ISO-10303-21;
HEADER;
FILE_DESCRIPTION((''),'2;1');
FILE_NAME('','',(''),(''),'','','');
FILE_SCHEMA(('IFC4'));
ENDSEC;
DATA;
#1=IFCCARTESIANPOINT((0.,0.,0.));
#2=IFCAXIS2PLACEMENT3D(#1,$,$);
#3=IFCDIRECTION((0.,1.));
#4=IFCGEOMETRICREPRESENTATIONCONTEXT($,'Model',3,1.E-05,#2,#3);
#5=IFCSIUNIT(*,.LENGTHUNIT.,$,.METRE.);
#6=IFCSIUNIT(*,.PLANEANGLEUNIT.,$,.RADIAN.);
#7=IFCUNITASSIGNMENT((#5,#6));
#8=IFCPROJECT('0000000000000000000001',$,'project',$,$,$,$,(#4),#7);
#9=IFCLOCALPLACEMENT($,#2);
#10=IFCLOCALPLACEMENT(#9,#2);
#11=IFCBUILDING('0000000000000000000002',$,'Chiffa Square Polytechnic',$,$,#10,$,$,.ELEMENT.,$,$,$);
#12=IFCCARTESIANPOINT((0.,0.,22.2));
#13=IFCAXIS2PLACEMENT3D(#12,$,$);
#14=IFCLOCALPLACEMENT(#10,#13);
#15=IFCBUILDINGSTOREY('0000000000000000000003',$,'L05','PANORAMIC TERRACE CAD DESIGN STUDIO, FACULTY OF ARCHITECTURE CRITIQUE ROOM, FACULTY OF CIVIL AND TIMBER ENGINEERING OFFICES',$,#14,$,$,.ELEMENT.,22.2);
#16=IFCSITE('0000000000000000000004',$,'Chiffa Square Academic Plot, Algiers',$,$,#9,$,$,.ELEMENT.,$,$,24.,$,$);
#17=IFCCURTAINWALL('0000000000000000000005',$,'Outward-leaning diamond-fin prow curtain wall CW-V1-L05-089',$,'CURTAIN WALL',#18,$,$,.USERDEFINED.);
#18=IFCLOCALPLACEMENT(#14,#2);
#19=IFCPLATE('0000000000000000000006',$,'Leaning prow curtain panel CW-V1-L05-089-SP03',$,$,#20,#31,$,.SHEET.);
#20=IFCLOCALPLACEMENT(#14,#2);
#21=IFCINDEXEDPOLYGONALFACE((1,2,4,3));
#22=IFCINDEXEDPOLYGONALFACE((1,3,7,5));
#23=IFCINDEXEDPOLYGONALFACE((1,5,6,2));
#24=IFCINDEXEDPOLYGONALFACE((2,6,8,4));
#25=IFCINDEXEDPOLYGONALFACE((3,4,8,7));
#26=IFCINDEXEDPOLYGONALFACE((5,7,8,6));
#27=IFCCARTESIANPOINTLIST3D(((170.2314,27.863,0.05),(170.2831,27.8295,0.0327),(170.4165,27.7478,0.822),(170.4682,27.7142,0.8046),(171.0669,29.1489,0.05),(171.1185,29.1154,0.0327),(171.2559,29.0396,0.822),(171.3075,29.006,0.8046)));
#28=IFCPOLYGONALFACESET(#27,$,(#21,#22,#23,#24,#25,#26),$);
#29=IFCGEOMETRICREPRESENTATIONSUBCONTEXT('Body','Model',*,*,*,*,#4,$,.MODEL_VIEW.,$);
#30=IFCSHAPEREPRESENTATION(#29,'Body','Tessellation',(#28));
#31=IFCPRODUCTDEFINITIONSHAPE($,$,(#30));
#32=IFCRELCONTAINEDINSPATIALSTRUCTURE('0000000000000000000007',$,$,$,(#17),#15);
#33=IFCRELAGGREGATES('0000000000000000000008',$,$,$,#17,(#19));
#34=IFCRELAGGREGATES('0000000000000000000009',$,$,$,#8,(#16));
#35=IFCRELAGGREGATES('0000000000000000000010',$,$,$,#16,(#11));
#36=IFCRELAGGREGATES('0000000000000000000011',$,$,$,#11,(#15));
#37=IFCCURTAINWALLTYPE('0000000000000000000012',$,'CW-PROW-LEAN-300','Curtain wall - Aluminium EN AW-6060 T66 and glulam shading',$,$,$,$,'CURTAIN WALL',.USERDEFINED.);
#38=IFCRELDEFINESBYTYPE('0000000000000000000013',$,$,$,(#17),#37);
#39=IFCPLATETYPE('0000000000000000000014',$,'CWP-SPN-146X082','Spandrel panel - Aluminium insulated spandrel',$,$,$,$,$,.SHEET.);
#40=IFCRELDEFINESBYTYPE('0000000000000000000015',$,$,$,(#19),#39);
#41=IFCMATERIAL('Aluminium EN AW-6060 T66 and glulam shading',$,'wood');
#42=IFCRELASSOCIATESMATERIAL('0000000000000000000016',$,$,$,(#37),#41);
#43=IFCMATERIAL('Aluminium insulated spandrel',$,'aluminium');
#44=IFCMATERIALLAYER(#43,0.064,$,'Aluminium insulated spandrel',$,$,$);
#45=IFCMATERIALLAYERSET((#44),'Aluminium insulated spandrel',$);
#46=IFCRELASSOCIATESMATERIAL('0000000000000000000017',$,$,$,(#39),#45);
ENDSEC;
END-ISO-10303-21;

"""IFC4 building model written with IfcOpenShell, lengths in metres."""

from ifc_helpers import new_model, si_unit, direction, frame, origin, place, context, subcontext, project, spatial, polyline, outline, extrude, material, layer, layer_set, type_object, element, aggregate, save


model = new_model("IFC4")

# Units and contexts
model_context = context("Model", 3, precision=1e-05, world=origin(), true_north=direction((0.0, 1.0)))
body_context = subcontext(model_context, "Body", "Model", "MODEL_VIEW")
ifc_project = project(units=[si_unit("LENGTHUNIT", "METRE"), si_unit("PLANEANGLEUNIT", "RADIAN")], contexts=[model_context])

# Site, building, storey
site_placement = place(None, origin())
site = spatial("IfcSite", under=ifc_project, at=site_placement, Name="Chiffa Square Academic Plot, Algiers", CompositionType="ELEMENT", RefElevation=24.0)
building_placement = place(site_placement, origin())
building = spatial("IfcBuilding", under=site, at=building_placement, Name="Chiffa Square Polytechnic", CompositionType="ELEMENT")
storey_placement = place(building_placement, frame((0.0, 0.0, 22.2)))
storey = spatial("IfcBuildingStorey", under=building, at=storey_placement, Name="L05", Description="PANORAMIC TERRACE CAD DESIGN STUDIO, FACULTY OF ARCHITECTURE CRITIQUE ROOM, FACULTY OF CIVIL AND TIMBER ENGINEERING OFFICES", CompositionType="ELEMENT", Elevation=22.2)

# Curtain wall
ifc_material_1 = material(Name="Aluminium EN AW-6060 T66 and glulam shading", Category="wood")
curtain_wall_type_1 = type_object("IfcCurtainWallType", Name="CW-PROW-LEAN-300", Description="Curtain wall - Aluminium EN AW-6060 T66 and glulam shading", ElementType="CURTAIN WALL", PredefinedType="USERDEFINED", material=ifc_material_1)
curtain_wall_1_placement = place(storey_placement, origin())
curtain_wall_1 = element("IfcCurtainWall", 1, at=curtain_wall_1_placement, inside=storey, type_object=curtain_wall_type_1, Name="Outward-leaning diamond-fin prow curtain wall CW-V1-L05-089", ObjectType="CURTAIN WALL", PredefinedType="USERDEFINED")

# Plate
ifc_material_2 = material(Name="Aluminium insulated spandrel", Category="aluminium")
ifc_layer_1 = layer(ifc_material_2, 0.064, Name="Aluminium insulated spandrel")
ifc_layer_set_1 = layer_set([ifc_layer_1], Name="Aluminium insulated spandrel")
plate_type_1 = type_object("IfcPlateType", Name="CWP-SPN-146X082", Description="Spandrel panel - Aluminium insulated spandrel", PredefinedType="SHEET", material=ifc_layer_set_1)
plate_1_placement = place(storey_placement, frame((170.2314, 27.863, 0.05), z_axis=(-0.806981, 0.524331, 0.271771), x_axis=(0.544836, 0.838543, -0.000007)))
plate_1 = element("IfcPlate", 2, at=plate_1_placement, type_object=plate_type_1, Name="Leaning prow curtain panel CW-V1-L05-089-SP03", PredefinedType="SHEET", context=body_context, shape_type="SweptSolid", body=[
    extrude(outline(polyline([(0.0, 0.0), (1.5335, 0.0), (1.5447, -0.8022), (0.0042, -0.8022), (0.0, 0.0)])), origin(), (0.0, 0.0, -1.0), 0.064),
])
aggregate(curtain_wall_1, [plate_1])

save(model, "model.ifc")
